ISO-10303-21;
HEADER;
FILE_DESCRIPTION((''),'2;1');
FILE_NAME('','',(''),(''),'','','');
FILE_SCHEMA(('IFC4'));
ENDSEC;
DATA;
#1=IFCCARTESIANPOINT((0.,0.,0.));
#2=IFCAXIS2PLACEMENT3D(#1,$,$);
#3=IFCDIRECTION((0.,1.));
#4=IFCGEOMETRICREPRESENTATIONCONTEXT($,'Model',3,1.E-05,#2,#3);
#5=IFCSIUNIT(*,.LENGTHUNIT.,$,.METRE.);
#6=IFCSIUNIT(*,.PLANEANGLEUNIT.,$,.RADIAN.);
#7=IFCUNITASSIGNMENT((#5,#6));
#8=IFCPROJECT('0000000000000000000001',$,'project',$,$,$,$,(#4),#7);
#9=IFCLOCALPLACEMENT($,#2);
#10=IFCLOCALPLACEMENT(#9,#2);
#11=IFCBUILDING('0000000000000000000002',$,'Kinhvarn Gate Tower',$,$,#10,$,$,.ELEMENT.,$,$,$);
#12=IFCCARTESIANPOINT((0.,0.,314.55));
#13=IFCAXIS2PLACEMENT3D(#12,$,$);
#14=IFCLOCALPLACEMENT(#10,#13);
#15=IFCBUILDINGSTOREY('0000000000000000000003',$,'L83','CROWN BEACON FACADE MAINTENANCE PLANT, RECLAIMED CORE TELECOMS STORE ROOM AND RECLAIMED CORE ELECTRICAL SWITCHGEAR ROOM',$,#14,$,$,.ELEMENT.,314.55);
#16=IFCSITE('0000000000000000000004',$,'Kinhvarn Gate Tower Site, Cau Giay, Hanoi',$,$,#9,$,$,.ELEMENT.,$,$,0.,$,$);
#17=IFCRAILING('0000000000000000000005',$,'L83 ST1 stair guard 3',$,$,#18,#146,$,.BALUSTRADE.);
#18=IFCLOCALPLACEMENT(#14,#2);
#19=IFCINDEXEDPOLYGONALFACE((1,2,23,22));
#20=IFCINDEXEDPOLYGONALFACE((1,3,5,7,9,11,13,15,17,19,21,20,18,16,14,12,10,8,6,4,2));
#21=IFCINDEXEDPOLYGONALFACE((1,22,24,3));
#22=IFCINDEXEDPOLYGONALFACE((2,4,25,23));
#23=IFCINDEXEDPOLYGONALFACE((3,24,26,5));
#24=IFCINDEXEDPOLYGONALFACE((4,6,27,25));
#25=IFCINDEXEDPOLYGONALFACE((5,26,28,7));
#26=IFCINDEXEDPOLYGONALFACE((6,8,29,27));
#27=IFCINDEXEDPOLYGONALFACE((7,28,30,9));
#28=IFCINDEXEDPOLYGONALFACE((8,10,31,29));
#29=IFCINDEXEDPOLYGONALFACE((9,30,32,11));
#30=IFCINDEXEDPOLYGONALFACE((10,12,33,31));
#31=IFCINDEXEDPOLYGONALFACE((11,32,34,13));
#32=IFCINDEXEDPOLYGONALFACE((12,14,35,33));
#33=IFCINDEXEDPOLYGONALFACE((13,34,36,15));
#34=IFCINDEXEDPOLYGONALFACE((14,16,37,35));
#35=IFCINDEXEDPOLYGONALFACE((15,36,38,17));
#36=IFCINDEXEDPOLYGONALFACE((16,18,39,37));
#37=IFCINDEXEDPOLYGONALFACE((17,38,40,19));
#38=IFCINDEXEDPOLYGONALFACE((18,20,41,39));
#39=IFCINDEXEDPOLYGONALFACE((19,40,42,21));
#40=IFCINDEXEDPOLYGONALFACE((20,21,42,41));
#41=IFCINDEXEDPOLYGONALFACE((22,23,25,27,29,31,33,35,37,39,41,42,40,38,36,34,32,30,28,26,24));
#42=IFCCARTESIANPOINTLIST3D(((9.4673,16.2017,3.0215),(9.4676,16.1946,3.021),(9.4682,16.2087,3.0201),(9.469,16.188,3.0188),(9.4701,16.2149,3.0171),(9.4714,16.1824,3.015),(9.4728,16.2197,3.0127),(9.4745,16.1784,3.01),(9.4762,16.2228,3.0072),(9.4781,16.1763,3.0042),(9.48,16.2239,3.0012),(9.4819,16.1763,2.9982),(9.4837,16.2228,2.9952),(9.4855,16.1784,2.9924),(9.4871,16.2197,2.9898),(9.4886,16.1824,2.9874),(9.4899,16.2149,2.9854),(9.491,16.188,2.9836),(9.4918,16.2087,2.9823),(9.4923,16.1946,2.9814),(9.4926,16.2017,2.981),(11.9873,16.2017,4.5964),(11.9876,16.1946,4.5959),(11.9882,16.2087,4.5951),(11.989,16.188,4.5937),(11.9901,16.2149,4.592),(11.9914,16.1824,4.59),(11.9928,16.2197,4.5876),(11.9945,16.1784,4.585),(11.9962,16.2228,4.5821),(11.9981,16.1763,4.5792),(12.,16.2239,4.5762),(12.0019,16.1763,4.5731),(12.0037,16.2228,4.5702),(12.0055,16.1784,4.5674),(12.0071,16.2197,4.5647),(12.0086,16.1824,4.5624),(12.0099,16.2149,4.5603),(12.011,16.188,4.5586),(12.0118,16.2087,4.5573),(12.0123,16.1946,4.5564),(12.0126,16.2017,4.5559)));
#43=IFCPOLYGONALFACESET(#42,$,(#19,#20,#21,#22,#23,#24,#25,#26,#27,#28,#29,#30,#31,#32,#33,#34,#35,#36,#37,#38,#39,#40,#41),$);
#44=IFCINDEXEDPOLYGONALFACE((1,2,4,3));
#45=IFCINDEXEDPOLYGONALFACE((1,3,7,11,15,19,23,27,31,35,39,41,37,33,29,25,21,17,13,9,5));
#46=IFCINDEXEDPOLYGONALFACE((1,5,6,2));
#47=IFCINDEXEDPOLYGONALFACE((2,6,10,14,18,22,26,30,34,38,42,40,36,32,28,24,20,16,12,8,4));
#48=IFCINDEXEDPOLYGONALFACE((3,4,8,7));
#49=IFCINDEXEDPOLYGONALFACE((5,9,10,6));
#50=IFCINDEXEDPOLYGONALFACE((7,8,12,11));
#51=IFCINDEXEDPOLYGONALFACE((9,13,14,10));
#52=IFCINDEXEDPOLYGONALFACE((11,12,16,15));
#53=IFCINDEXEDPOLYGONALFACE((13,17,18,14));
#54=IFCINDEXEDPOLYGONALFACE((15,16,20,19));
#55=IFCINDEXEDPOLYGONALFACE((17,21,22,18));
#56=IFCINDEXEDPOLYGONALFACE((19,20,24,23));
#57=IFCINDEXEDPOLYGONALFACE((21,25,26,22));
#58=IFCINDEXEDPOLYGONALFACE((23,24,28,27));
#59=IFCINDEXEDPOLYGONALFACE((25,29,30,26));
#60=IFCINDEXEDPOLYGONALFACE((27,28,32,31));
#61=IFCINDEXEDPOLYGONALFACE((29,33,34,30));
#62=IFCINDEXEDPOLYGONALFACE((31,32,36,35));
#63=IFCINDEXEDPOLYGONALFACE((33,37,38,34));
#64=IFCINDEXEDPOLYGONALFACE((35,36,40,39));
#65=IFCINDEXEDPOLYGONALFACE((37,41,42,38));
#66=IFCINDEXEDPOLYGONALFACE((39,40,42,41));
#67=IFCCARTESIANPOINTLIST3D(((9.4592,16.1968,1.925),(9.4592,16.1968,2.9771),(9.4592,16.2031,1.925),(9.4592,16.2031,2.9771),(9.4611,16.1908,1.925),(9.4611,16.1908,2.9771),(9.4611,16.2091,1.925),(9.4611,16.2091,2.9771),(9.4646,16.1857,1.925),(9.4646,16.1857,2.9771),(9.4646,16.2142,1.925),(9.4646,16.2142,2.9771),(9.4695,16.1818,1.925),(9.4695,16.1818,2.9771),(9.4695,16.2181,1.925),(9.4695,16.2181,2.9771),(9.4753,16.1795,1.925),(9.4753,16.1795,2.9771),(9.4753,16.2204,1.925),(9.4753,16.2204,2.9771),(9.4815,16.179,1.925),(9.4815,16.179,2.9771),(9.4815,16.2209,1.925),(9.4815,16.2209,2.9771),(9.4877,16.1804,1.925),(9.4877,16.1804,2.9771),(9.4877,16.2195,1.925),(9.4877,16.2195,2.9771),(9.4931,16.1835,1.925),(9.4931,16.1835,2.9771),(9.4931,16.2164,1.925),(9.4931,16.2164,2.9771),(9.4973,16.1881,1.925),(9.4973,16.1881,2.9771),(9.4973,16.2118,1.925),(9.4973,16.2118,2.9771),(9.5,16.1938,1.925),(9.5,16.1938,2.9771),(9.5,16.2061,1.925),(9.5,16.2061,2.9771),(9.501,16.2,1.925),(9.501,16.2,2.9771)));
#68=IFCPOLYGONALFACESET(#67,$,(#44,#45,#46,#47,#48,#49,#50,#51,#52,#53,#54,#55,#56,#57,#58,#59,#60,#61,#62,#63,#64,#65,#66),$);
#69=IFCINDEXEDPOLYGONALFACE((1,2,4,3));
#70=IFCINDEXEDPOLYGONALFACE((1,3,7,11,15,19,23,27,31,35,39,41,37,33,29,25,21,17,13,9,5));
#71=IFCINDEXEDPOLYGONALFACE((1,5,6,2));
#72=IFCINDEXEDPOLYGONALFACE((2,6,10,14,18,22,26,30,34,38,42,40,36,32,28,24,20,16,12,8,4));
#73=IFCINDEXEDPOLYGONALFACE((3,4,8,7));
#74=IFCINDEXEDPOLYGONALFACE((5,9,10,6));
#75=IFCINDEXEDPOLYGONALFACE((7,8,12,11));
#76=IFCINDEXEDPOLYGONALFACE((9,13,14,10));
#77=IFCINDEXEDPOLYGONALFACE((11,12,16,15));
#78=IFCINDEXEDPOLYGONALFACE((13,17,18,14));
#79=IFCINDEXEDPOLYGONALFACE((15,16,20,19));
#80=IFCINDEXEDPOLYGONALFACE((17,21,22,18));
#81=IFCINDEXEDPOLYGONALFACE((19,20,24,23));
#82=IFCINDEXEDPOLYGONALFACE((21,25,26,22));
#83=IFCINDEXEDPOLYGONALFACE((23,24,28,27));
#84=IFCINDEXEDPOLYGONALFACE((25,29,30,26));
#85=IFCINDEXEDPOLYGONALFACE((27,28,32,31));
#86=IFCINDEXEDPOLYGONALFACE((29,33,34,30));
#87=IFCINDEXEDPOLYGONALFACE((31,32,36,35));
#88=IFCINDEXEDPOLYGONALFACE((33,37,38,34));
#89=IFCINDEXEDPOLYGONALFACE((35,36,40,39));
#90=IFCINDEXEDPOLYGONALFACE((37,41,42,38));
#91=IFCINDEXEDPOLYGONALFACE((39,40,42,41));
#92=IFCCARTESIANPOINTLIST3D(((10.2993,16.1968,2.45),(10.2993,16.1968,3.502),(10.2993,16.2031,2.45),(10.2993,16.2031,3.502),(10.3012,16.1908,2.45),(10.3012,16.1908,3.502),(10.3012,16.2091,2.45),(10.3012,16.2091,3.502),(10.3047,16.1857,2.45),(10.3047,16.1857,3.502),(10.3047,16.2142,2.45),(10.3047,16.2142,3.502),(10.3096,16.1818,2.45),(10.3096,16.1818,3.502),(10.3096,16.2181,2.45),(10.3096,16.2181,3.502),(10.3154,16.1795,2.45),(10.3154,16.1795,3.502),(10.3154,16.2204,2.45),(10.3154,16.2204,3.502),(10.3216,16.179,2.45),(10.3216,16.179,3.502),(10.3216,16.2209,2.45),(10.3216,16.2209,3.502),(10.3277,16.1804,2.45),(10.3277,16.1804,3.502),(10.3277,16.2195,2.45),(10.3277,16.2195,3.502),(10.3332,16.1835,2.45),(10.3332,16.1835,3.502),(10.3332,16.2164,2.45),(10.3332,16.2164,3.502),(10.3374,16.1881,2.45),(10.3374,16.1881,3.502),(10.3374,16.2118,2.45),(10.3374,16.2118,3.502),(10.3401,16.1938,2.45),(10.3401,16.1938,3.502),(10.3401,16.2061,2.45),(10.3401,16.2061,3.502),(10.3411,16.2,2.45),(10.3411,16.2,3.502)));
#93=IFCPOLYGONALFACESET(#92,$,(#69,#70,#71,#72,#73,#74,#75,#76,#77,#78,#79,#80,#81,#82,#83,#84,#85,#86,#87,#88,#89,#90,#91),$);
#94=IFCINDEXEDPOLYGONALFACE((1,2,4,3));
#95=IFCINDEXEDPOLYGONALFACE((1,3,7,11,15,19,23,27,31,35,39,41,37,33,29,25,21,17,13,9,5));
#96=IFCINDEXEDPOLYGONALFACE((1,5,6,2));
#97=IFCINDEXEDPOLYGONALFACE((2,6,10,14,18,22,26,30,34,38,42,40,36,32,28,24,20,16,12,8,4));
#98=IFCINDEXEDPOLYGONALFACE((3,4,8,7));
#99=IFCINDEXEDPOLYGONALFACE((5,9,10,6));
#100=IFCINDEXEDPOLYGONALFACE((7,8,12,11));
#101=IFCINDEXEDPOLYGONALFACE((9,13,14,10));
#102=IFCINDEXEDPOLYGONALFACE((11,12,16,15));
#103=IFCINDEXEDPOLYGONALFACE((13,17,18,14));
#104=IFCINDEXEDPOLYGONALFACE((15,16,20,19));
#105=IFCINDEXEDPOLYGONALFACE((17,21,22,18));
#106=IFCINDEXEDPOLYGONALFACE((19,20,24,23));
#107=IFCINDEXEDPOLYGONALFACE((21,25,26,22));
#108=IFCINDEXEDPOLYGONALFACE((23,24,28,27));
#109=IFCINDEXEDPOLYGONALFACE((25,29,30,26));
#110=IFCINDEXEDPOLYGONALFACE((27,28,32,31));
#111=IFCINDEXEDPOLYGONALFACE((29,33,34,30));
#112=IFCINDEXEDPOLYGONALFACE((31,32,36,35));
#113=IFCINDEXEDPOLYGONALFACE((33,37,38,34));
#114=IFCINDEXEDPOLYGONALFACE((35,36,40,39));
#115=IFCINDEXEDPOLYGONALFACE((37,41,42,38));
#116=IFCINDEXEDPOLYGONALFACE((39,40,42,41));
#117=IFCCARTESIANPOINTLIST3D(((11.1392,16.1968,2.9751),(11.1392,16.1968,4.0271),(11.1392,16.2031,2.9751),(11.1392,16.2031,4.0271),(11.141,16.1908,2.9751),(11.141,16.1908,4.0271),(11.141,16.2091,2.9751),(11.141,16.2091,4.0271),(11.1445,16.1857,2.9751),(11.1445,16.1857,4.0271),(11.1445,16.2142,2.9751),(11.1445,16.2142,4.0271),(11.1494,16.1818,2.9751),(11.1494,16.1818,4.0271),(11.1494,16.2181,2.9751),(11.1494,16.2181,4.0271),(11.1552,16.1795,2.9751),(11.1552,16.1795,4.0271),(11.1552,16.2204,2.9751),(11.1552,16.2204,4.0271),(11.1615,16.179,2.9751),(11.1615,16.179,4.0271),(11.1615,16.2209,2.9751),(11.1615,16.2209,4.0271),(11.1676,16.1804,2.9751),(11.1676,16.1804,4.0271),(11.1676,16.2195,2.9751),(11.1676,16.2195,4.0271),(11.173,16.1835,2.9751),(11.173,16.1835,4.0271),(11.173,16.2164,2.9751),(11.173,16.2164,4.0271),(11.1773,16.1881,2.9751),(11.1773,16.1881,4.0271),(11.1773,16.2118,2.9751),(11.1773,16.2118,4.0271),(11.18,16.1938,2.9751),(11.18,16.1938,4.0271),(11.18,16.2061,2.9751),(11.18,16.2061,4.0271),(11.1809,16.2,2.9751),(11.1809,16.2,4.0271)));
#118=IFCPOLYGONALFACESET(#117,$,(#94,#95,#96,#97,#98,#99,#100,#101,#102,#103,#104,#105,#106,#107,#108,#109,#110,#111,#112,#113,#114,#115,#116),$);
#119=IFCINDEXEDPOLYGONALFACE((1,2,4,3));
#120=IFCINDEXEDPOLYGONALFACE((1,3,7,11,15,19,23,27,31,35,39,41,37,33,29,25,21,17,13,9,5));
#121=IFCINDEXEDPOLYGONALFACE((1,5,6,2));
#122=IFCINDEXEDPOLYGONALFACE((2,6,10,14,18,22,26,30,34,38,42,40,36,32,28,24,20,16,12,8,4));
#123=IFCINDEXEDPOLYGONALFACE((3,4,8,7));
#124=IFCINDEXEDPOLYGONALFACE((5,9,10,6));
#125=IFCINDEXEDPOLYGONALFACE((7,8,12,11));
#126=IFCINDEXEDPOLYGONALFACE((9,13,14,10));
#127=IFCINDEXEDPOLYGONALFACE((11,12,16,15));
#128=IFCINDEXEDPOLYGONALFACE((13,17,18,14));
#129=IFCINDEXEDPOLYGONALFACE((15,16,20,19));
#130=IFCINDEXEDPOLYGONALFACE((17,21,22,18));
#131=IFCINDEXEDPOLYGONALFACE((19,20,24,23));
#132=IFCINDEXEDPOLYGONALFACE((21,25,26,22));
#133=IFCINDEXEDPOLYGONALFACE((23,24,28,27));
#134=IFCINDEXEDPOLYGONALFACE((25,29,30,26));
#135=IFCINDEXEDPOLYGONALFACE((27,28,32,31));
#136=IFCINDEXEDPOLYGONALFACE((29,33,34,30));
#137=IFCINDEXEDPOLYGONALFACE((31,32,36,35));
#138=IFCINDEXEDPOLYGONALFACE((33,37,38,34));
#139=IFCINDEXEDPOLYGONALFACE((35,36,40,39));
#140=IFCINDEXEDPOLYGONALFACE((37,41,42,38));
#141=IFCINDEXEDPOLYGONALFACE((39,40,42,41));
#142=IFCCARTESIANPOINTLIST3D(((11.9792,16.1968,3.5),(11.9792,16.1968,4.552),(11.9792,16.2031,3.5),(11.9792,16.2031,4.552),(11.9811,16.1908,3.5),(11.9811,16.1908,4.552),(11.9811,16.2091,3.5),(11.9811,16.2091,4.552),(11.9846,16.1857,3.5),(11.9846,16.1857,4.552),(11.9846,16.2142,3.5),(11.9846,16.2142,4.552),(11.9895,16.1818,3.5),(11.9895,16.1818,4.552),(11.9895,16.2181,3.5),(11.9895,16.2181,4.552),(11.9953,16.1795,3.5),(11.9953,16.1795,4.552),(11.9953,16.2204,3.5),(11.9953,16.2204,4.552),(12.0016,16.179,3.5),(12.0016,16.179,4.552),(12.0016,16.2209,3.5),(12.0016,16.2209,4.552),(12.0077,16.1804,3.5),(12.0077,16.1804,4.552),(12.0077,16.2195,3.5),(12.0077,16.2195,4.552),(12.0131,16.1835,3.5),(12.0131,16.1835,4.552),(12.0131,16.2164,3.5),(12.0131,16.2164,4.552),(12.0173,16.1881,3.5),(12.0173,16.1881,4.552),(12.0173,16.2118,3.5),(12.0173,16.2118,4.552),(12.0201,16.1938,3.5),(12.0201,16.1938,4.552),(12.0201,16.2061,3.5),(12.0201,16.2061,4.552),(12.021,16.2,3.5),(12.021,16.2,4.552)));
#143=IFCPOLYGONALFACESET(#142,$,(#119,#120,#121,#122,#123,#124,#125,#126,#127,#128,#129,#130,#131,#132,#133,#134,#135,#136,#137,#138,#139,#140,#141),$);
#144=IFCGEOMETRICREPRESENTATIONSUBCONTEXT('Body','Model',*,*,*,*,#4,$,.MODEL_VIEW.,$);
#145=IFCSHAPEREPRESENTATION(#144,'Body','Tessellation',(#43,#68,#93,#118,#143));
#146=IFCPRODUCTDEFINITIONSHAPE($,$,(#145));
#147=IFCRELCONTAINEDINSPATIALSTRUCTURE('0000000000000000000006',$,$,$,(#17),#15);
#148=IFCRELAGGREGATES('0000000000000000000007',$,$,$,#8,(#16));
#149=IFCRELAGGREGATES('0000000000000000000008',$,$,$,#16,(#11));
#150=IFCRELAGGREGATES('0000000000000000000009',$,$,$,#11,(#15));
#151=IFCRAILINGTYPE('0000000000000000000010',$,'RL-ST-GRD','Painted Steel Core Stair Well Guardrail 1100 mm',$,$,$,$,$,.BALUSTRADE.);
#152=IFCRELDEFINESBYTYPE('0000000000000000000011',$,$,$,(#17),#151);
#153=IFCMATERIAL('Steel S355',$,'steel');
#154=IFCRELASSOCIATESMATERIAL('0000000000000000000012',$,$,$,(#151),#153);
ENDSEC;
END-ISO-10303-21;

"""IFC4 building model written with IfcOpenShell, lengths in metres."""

from ifc_helpers import new_model, si_unit, direction, frame, origin, origin_2d, place, context, subcontext, project, spatial, circle, extrude, material, type_object, element, save


model = new_model("IFC4")

# Units and contexts
model_context = context("Model", 3, precision=1e-05, world=origin(), true_north=direction((0.0, 1.0)))
body_context = subcontext(model_context, "Body", "Model", "MODEL_VIEW")
ifc_project = project(units=[si_unit("LENGTHUNIT", "METRE"), si_unit("PLANEANGLEUNIT", "RADIAN")], contexts=[model_context])

# Site, building, storey
site_placement = place(None, origin())
site = spatial("IfcSite", under=ifc_project, at=site_placement, Name="Kinhvarn Gate Tower Site, Cau Giay, Hanoi", CompositionType="ELEMENT", RefElevation=0.0)
building_placement = place(site_placement, origin())
building = spatial("IfcBuilding", under=site, at=building_placement, Name="Kinhvarn Gate Tower", CompositionType="ELEMENT")
storey_placement = place(building_placement, frame((0.0, 0.0, 314.55)))
storey = spatial("IfcBuildingStorey", under=building, at=storey_placement, Name="L83", Description="CROWN BEACON FACADE MAINTENANCE PLANT, RECLAIMED CORE TELECOMS STORE ROOM AND RECLAIMED CORE ELECTRICAL SWITCHGEAR ROOM", CompositionType="ELEMENT", Elevation=314.55)

# Railing
ifc_material_1 = material(Name="Steel S355", Category="steel")
railing_type_1 = type_object("IfcRailingType", Name="RL-ST-GRD", Description="Painted Steel Core Stair Well Guardrail 1100 mm", PredefinedType="BALUSTRADE", material=ifc_material_1)
railing_1_placement = place(storey_placement, frame((9.48, 16.2, 1.925)))
element("IfcRailing", 1, at=railing_1_placement, inside=storey, type_object=railing_type_1, Name="L83 ST1 stair guard 3", PredefinedType="BALUSTRADE", context=body_context, shape_type="SweptSolid", body=[
    extrude(circle(Radius=0.0239, at=origin_2d()), frame((0.0, 0.0, 1.0762), z_axis=(0.848008, 0.0, 0.529984), x_axis=(0.0, 1.0, 0.0)), (0.0, 0.0, 1.0), 2.9717),
    extrude(circle(Radius=0.021, at=origin_2d()), origin(), (0.0, 0.0, 1.0), 1.052),
    extrude(circle(Radius=0.021, at=origin_2d()), frame((0.8401, 0.0, 0.5249)), (0.0, 0.0, 1.0), 1.052),
    extrude(circle(Radius=0.021, at=origin_2d()), frame((1.6799, 0.0, 1.05)), (0.0, 0.0, 1.0), 1.052),
    extrude(circle(Radius=0.021, at=origin_2d()), frame((2.52, 0.0, 1.575)), (0.0, 0.0, 1.0), 1.052),
])

save(model, "model.ifc")
